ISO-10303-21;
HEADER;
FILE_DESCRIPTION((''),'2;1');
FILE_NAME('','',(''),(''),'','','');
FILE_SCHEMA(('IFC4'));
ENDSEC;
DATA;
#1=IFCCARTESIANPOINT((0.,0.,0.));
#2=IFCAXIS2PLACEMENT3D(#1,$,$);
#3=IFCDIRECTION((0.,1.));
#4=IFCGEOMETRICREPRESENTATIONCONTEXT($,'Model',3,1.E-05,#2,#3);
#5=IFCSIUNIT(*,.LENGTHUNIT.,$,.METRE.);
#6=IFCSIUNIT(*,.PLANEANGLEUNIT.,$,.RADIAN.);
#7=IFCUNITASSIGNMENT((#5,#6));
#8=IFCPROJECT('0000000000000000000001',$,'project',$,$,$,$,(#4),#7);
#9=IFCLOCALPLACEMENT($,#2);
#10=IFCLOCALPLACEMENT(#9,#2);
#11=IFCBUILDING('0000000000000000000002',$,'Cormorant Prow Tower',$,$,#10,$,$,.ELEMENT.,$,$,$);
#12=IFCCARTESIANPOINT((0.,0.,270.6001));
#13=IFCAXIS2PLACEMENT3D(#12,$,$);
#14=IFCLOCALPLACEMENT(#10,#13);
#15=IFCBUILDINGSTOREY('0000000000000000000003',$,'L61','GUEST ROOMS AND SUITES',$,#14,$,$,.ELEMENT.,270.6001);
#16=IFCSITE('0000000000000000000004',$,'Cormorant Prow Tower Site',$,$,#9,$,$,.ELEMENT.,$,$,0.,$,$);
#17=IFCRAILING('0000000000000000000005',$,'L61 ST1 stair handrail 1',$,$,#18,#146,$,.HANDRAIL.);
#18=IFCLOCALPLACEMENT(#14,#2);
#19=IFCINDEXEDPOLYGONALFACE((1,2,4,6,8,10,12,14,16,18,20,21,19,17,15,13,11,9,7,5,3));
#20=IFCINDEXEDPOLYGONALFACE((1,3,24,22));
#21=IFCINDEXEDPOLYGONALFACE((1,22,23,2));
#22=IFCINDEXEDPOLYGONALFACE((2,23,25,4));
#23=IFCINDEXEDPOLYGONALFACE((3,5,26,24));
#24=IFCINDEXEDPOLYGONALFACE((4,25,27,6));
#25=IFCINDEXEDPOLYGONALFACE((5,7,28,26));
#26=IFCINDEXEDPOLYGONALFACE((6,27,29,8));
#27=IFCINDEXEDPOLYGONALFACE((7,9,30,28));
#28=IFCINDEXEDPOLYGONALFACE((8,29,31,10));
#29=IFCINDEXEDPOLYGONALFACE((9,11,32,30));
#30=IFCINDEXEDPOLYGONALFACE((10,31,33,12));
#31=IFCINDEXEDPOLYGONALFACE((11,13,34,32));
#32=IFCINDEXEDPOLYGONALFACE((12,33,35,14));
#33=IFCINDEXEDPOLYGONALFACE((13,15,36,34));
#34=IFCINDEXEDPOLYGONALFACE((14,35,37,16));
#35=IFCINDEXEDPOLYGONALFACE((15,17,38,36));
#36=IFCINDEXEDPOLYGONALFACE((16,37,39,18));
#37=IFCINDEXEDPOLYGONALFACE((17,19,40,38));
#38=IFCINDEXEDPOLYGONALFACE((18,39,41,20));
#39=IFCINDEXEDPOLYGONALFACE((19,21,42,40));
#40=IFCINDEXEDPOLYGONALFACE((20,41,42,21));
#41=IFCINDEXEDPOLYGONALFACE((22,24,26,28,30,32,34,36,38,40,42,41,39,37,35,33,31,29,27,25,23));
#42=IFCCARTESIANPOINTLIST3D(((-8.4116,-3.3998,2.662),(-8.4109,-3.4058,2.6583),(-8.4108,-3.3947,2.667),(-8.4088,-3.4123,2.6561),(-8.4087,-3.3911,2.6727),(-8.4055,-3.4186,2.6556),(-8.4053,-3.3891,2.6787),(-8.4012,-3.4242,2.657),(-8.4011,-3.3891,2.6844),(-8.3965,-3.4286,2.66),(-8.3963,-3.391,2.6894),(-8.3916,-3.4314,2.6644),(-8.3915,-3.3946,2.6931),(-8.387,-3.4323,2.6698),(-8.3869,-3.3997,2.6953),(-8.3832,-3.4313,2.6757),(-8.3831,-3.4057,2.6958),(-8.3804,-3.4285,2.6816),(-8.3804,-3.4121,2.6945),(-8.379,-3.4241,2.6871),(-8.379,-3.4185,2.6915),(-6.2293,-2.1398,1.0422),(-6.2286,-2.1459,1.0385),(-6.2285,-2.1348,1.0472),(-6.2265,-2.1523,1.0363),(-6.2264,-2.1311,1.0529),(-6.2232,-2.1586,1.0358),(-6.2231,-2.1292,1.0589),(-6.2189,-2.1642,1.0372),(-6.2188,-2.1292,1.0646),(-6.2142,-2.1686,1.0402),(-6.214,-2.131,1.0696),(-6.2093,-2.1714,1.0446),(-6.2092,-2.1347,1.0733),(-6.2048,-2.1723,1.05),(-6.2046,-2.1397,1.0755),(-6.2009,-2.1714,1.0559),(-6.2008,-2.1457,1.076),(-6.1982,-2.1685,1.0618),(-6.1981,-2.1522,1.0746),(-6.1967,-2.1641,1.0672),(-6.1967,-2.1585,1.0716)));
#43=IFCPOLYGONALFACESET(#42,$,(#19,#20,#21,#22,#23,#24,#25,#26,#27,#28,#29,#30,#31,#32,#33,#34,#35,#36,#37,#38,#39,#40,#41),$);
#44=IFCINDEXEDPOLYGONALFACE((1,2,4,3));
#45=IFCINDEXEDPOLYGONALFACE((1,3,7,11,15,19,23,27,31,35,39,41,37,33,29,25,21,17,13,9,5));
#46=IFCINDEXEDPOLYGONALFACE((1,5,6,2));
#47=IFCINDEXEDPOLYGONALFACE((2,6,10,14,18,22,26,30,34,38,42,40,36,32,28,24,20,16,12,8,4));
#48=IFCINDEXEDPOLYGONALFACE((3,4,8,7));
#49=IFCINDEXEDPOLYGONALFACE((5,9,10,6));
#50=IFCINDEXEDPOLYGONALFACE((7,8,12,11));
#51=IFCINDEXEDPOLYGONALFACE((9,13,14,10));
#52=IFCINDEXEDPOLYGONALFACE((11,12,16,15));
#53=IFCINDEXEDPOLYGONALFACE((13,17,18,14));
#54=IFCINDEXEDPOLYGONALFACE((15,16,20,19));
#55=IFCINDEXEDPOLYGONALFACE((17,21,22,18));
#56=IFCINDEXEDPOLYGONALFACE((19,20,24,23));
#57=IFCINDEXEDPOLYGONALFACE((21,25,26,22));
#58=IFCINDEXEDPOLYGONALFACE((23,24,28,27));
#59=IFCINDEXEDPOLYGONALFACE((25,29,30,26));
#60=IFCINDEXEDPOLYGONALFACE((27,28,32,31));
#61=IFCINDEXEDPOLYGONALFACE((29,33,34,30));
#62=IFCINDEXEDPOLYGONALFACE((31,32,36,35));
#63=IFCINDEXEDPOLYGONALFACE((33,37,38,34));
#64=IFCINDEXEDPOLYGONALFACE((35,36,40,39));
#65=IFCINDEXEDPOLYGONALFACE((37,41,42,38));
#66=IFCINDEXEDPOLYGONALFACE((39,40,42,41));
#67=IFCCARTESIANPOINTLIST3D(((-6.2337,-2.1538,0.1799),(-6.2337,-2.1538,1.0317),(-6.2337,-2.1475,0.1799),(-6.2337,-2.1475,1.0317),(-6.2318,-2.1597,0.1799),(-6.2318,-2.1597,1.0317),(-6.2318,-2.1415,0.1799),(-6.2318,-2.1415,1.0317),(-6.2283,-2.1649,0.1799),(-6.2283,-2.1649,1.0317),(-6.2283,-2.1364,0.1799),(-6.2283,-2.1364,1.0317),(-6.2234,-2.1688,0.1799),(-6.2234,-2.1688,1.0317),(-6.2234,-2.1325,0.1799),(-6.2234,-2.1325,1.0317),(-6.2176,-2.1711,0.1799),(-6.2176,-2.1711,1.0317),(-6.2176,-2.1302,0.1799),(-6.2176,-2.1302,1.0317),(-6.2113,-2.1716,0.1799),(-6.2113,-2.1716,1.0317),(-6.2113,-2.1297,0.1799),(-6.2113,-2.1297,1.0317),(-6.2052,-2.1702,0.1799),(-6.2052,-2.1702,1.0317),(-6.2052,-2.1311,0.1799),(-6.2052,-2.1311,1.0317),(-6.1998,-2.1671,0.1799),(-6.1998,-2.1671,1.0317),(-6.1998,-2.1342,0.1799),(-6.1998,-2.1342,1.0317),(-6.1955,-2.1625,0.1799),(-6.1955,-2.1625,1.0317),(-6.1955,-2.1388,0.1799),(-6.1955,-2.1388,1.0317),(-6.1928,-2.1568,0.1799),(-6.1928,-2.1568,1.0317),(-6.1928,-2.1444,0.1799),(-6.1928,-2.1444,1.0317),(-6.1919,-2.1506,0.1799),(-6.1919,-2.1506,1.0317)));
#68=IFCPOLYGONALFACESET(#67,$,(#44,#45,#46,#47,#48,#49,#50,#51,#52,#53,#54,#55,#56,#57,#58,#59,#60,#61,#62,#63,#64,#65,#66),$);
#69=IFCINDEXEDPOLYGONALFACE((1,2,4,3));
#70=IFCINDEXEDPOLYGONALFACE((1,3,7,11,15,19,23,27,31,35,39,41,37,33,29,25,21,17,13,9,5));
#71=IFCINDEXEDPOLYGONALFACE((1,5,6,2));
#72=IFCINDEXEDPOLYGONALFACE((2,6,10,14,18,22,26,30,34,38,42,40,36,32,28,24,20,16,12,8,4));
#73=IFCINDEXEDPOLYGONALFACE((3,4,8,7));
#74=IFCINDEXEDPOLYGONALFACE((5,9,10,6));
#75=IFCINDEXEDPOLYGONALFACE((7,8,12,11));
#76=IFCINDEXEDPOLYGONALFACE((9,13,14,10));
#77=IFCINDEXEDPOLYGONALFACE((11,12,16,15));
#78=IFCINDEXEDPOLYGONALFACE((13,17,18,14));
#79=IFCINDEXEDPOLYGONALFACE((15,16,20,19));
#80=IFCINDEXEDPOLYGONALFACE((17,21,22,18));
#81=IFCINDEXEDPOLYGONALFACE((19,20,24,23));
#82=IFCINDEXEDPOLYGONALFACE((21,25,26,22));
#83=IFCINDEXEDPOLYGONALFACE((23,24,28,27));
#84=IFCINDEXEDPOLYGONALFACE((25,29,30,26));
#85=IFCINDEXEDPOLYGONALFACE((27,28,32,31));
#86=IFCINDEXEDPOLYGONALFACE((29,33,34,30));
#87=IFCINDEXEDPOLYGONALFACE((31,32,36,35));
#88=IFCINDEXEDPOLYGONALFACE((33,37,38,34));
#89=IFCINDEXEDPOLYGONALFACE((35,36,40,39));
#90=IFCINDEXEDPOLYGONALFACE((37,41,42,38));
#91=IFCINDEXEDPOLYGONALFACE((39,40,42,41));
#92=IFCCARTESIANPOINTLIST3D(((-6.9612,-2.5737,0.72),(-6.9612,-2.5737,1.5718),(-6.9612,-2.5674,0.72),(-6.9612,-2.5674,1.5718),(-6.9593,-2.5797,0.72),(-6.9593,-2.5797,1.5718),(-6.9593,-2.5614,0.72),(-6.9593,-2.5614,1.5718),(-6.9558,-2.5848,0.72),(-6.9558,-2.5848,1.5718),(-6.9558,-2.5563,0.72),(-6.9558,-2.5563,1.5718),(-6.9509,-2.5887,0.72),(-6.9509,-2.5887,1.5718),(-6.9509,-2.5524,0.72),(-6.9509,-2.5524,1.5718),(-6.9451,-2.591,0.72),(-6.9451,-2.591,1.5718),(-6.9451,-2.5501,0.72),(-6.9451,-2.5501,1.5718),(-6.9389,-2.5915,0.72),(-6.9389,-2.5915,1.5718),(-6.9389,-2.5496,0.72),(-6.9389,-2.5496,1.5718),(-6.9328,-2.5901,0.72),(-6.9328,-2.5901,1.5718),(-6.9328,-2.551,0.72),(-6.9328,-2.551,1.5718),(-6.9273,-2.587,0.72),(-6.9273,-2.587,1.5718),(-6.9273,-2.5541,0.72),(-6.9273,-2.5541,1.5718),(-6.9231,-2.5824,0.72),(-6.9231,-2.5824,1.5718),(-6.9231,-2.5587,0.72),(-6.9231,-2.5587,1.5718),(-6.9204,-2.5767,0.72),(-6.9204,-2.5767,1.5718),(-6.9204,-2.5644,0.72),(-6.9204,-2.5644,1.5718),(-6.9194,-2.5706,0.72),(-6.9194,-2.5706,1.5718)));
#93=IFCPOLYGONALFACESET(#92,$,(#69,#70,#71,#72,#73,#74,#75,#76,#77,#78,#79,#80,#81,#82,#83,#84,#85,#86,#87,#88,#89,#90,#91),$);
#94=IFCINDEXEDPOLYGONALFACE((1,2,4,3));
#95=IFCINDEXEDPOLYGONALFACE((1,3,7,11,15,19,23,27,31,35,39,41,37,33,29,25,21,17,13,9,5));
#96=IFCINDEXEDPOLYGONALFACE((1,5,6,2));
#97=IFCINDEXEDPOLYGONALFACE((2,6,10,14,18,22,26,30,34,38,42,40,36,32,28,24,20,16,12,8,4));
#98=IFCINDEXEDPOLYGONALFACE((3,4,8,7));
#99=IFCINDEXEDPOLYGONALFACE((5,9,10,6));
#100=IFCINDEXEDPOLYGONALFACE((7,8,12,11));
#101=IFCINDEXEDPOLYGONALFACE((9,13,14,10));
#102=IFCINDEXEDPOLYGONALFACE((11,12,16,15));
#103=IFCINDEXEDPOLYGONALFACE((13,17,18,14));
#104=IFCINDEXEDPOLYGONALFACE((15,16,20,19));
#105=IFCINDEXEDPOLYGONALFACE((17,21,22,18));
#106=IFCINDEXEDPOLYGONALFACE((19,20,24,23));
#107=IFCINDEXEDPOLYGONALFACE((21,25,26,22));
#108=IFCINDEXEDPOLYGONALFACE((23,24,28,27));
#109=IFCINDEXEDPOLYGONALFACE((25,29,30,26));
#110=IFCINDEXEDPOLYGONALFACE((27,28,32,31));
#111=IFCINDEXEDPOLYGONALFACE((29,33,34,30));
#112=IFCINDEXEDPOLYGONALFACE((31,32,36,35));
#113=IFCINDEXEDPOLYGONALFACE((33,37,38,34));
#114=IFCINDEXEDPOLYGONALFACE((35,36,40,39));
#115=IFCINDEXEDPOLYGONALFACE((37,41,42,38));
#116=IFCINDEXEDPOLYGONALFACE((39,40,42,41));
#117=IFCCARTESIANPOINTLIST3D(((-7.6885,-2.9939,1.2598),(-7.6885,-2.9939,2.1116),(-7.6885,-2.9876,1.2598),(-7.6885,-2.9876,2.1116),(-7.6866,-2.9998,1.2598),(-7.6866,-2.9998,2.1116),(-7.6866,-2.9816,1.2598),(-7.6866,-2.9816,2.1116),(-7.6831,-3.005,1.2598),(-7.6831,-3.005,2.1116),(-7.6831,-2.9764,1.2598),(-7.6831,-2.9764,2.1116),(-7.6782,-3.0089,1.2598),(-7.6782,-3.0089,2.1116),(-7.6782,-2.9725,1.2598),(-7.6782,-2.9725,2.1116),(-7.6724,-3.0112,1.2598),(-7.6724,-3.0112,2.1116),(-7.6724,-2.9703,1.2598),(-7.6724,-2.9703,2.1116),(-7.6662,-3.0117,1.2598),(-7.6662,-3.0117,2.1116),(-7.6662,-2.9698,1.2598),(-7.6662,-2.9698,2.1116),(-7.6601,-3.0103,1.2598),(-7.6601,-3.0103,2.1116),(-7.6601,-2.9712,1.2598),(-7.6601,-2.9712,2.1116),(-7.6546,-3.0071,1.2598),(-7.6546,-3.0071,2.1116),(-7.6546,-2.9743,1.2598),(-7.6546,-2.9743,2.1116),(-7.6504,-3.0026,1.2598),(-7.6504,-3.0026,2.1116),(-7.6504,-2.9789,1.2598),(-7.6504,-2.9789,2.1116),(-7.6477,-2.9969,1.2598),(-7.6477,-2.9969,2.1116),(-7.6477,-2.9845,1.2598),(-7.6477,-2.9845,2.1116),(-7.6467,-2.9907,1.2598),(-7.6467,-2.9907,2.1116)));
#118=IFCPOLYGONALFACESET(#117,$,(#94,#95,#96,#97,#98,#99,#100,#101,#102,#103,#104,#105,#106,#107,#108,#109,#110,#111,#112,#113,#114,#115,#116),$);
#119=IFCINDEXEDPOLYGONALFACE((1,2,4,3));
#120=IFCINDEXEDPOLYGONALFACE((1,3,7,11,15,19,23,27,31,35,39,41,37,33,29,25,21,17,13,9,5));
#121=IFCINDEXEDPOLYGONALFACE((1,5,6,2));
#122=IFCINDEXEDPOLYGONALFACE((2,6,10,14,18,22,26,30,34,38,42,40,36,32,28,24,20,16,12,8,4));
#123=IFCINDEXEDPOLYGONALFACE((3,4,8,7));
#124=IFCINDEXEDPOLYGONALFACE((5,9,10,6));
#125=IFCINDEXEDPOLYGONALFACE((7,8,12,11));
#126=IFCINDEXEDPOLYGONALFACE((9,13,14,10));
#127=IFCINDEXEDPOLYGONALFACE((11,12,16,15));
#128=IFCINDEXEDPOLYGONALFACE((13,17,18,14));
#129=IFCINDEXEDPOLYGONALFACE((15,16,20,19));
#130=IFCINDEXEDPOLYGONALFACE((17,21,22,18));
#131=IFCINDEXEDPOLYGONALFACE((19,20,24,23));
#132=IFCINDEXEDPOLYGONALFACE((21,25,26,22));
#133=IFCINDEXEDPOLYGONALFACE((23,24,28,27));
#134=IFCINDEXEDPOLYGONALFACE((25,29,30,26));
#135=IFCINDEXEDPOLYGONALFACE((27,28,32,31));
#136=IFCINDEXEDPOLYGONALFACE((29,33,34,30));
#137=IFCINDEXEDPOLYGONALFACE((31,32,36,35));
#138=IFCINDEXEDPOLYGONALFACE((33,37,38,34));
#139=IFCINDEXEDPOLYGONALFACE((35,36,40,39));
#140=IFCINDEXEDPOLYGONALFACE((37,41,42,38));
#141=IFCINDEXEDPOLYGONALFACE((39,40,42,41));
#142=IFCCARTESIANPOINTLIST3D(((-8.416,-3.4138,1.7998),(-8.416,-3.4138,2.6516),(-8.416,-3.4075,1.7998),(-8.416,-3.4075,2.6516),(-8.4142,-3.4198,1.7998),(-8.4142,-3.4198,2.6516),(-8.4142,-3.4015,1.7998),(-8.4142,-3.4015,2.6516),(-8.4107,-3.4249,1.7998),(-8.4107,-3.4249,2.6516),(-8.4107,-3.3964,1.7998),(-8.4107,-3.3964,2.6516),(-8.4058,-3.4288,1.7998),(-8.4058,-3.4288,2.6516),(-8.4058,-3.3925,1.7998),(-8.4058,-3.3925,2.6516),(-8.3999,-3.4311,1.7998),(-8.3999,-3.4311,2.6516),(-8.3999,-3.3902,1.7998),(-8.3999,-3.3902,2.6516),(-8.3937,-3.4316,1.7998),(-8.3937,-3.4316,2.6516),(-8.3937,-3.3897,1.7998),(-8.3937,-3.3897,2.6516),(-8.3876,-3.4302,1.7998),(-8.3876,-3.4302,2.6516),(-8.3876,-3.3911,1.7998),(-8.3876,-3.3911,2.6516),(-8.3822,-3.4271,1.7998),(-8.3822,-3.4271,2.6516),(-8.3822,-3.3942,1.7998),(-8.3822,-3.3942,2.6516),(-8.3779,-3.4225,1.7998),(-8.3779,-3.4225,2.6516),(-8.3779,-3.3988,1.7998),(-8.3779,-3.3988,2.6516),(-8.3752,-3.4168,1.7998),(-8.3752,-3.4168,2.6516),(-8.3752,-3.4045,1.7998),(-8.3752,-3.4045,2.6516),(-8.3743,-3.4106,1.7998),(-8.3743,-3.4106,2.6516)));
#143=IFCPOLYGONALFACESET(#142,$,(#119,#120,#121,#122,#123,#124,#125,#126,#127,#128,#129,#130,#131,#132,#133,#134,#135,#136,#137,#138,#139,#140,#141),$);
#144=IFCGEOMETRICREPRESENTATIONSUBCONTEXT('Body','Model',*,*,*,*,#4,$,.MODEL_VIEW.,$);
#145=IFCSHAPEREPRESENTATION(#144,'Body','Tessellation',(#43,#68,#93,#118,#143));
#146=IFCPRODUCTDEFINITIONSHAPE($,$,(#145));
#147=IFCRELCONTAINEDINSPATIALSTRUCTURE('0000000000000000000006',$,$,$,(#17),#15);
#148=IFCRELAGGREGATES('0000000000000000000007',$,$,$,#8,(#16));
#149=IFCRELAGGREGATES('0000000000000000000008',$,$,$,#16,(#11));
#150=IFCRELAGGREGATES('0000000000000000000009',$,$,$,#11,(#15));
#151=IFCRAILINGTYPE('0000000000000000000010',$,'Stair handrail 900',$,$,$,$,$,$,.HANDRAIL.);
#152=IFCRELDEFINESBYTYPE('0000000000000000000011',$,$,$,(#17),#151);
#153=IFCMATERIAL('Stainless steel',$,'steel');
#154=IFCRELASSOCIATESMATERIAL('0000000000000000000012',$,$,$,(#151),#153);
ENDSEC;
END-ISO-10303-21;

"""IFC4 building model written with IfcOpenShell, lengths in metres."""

from ifc_helpers import new_model, si_unit, direction, frame, origin, origin_2d, place, context, subcontext, project, spatial, circle, extrude, material, type_object, element, save


model = new_model("IFC4")

# Units and contexts
model_context = context("Model", 3, precision=1e-05, world=origin(), true_north=direction((0.0, 1.0)))
body_context = subcontext(model_context, "Body", "Model", "MODEL_VIEW")
ifc_project = project(units=[si_unit("LENGTHUNIT", "METRE"), si_unit("PLANEANGLEUNIT", "RADIAN")], contexts=[model_context])

# Site, building, storey
site_placement = place(None, origin())
site = spatial("IfcSite", under=ifc_project, at=site_placement, Name="Cormorant Prow Tower Site", CompositionType="ELEMENT", RefElevation=0.0)
building_placement = place(site_placement, origin())
building = spatial("IfcBuilding", under=site, at=building_placement, Name="Cormorant Prow Tower", CompositionType="ELEMENT")
storey_placement = place(building_placement, frame((0.0, 0.0, 270.6001)))
storey = spatial("IfcBuildingStorey", under=building, at=storey_placement, Name="L61", Description="GUEST ROOMS AND SUITES", CompositionType="ELEMENT", Elevation=270.6001)

# Railing
ifc_material_1 = material(Name="Stainless steel", Category="steel")
railing_type_1 = type_object("IfcRailingType", Name="Stair handrail 900", PredefinedType="HANDRAIL", material=ifc_material_1)
railing_1_placement = place(storey_placement, frame((-6.2129, -2.1506, 0.1799)))
element("IfcRailing", 1, at=railing_1_placement, inside=storey, type_object=railing_type_1, Name="L61 ST1 stair handrail 1", PredefinedType="HANDRAIL", context=body_context, shape_type="SweptSolid", body=[
    extrude(circle(Radius=0.0239, at=origin_2d()), frame((0.0, 0.0, 0.876), z_axis=(-0.728496, -0.420603, 0.540728), x_axis=(0.500005, -0.866023, 0.0)), (0.0, 0.0, 1.0), 2.9956),
    extrude(circle(Radius=0.021, at=origin_2d()), origin(), (0.0, 0.0, 1.0), 0.8518),
    extrude(circle(Radius=0.021, at=origin_2d()), frame((-0.7275, -0.4199, 0.54)), (0.0, 0.0, 1.0), 0.8518),
    extrude(circle(Radius=0.021, at=origin_2d()), frame((-1.4548, -0.8401, 1.0798)), (0.0, 0.0, 1.0), 0.8518),
    extrude(circle(Radius=0.021, at=origin_2d()), frame((-2.1824, -1.26, 1.6199)), (0.0, 0.0, 1.0), 0.8518),
])

save(model, "model.ifc")
